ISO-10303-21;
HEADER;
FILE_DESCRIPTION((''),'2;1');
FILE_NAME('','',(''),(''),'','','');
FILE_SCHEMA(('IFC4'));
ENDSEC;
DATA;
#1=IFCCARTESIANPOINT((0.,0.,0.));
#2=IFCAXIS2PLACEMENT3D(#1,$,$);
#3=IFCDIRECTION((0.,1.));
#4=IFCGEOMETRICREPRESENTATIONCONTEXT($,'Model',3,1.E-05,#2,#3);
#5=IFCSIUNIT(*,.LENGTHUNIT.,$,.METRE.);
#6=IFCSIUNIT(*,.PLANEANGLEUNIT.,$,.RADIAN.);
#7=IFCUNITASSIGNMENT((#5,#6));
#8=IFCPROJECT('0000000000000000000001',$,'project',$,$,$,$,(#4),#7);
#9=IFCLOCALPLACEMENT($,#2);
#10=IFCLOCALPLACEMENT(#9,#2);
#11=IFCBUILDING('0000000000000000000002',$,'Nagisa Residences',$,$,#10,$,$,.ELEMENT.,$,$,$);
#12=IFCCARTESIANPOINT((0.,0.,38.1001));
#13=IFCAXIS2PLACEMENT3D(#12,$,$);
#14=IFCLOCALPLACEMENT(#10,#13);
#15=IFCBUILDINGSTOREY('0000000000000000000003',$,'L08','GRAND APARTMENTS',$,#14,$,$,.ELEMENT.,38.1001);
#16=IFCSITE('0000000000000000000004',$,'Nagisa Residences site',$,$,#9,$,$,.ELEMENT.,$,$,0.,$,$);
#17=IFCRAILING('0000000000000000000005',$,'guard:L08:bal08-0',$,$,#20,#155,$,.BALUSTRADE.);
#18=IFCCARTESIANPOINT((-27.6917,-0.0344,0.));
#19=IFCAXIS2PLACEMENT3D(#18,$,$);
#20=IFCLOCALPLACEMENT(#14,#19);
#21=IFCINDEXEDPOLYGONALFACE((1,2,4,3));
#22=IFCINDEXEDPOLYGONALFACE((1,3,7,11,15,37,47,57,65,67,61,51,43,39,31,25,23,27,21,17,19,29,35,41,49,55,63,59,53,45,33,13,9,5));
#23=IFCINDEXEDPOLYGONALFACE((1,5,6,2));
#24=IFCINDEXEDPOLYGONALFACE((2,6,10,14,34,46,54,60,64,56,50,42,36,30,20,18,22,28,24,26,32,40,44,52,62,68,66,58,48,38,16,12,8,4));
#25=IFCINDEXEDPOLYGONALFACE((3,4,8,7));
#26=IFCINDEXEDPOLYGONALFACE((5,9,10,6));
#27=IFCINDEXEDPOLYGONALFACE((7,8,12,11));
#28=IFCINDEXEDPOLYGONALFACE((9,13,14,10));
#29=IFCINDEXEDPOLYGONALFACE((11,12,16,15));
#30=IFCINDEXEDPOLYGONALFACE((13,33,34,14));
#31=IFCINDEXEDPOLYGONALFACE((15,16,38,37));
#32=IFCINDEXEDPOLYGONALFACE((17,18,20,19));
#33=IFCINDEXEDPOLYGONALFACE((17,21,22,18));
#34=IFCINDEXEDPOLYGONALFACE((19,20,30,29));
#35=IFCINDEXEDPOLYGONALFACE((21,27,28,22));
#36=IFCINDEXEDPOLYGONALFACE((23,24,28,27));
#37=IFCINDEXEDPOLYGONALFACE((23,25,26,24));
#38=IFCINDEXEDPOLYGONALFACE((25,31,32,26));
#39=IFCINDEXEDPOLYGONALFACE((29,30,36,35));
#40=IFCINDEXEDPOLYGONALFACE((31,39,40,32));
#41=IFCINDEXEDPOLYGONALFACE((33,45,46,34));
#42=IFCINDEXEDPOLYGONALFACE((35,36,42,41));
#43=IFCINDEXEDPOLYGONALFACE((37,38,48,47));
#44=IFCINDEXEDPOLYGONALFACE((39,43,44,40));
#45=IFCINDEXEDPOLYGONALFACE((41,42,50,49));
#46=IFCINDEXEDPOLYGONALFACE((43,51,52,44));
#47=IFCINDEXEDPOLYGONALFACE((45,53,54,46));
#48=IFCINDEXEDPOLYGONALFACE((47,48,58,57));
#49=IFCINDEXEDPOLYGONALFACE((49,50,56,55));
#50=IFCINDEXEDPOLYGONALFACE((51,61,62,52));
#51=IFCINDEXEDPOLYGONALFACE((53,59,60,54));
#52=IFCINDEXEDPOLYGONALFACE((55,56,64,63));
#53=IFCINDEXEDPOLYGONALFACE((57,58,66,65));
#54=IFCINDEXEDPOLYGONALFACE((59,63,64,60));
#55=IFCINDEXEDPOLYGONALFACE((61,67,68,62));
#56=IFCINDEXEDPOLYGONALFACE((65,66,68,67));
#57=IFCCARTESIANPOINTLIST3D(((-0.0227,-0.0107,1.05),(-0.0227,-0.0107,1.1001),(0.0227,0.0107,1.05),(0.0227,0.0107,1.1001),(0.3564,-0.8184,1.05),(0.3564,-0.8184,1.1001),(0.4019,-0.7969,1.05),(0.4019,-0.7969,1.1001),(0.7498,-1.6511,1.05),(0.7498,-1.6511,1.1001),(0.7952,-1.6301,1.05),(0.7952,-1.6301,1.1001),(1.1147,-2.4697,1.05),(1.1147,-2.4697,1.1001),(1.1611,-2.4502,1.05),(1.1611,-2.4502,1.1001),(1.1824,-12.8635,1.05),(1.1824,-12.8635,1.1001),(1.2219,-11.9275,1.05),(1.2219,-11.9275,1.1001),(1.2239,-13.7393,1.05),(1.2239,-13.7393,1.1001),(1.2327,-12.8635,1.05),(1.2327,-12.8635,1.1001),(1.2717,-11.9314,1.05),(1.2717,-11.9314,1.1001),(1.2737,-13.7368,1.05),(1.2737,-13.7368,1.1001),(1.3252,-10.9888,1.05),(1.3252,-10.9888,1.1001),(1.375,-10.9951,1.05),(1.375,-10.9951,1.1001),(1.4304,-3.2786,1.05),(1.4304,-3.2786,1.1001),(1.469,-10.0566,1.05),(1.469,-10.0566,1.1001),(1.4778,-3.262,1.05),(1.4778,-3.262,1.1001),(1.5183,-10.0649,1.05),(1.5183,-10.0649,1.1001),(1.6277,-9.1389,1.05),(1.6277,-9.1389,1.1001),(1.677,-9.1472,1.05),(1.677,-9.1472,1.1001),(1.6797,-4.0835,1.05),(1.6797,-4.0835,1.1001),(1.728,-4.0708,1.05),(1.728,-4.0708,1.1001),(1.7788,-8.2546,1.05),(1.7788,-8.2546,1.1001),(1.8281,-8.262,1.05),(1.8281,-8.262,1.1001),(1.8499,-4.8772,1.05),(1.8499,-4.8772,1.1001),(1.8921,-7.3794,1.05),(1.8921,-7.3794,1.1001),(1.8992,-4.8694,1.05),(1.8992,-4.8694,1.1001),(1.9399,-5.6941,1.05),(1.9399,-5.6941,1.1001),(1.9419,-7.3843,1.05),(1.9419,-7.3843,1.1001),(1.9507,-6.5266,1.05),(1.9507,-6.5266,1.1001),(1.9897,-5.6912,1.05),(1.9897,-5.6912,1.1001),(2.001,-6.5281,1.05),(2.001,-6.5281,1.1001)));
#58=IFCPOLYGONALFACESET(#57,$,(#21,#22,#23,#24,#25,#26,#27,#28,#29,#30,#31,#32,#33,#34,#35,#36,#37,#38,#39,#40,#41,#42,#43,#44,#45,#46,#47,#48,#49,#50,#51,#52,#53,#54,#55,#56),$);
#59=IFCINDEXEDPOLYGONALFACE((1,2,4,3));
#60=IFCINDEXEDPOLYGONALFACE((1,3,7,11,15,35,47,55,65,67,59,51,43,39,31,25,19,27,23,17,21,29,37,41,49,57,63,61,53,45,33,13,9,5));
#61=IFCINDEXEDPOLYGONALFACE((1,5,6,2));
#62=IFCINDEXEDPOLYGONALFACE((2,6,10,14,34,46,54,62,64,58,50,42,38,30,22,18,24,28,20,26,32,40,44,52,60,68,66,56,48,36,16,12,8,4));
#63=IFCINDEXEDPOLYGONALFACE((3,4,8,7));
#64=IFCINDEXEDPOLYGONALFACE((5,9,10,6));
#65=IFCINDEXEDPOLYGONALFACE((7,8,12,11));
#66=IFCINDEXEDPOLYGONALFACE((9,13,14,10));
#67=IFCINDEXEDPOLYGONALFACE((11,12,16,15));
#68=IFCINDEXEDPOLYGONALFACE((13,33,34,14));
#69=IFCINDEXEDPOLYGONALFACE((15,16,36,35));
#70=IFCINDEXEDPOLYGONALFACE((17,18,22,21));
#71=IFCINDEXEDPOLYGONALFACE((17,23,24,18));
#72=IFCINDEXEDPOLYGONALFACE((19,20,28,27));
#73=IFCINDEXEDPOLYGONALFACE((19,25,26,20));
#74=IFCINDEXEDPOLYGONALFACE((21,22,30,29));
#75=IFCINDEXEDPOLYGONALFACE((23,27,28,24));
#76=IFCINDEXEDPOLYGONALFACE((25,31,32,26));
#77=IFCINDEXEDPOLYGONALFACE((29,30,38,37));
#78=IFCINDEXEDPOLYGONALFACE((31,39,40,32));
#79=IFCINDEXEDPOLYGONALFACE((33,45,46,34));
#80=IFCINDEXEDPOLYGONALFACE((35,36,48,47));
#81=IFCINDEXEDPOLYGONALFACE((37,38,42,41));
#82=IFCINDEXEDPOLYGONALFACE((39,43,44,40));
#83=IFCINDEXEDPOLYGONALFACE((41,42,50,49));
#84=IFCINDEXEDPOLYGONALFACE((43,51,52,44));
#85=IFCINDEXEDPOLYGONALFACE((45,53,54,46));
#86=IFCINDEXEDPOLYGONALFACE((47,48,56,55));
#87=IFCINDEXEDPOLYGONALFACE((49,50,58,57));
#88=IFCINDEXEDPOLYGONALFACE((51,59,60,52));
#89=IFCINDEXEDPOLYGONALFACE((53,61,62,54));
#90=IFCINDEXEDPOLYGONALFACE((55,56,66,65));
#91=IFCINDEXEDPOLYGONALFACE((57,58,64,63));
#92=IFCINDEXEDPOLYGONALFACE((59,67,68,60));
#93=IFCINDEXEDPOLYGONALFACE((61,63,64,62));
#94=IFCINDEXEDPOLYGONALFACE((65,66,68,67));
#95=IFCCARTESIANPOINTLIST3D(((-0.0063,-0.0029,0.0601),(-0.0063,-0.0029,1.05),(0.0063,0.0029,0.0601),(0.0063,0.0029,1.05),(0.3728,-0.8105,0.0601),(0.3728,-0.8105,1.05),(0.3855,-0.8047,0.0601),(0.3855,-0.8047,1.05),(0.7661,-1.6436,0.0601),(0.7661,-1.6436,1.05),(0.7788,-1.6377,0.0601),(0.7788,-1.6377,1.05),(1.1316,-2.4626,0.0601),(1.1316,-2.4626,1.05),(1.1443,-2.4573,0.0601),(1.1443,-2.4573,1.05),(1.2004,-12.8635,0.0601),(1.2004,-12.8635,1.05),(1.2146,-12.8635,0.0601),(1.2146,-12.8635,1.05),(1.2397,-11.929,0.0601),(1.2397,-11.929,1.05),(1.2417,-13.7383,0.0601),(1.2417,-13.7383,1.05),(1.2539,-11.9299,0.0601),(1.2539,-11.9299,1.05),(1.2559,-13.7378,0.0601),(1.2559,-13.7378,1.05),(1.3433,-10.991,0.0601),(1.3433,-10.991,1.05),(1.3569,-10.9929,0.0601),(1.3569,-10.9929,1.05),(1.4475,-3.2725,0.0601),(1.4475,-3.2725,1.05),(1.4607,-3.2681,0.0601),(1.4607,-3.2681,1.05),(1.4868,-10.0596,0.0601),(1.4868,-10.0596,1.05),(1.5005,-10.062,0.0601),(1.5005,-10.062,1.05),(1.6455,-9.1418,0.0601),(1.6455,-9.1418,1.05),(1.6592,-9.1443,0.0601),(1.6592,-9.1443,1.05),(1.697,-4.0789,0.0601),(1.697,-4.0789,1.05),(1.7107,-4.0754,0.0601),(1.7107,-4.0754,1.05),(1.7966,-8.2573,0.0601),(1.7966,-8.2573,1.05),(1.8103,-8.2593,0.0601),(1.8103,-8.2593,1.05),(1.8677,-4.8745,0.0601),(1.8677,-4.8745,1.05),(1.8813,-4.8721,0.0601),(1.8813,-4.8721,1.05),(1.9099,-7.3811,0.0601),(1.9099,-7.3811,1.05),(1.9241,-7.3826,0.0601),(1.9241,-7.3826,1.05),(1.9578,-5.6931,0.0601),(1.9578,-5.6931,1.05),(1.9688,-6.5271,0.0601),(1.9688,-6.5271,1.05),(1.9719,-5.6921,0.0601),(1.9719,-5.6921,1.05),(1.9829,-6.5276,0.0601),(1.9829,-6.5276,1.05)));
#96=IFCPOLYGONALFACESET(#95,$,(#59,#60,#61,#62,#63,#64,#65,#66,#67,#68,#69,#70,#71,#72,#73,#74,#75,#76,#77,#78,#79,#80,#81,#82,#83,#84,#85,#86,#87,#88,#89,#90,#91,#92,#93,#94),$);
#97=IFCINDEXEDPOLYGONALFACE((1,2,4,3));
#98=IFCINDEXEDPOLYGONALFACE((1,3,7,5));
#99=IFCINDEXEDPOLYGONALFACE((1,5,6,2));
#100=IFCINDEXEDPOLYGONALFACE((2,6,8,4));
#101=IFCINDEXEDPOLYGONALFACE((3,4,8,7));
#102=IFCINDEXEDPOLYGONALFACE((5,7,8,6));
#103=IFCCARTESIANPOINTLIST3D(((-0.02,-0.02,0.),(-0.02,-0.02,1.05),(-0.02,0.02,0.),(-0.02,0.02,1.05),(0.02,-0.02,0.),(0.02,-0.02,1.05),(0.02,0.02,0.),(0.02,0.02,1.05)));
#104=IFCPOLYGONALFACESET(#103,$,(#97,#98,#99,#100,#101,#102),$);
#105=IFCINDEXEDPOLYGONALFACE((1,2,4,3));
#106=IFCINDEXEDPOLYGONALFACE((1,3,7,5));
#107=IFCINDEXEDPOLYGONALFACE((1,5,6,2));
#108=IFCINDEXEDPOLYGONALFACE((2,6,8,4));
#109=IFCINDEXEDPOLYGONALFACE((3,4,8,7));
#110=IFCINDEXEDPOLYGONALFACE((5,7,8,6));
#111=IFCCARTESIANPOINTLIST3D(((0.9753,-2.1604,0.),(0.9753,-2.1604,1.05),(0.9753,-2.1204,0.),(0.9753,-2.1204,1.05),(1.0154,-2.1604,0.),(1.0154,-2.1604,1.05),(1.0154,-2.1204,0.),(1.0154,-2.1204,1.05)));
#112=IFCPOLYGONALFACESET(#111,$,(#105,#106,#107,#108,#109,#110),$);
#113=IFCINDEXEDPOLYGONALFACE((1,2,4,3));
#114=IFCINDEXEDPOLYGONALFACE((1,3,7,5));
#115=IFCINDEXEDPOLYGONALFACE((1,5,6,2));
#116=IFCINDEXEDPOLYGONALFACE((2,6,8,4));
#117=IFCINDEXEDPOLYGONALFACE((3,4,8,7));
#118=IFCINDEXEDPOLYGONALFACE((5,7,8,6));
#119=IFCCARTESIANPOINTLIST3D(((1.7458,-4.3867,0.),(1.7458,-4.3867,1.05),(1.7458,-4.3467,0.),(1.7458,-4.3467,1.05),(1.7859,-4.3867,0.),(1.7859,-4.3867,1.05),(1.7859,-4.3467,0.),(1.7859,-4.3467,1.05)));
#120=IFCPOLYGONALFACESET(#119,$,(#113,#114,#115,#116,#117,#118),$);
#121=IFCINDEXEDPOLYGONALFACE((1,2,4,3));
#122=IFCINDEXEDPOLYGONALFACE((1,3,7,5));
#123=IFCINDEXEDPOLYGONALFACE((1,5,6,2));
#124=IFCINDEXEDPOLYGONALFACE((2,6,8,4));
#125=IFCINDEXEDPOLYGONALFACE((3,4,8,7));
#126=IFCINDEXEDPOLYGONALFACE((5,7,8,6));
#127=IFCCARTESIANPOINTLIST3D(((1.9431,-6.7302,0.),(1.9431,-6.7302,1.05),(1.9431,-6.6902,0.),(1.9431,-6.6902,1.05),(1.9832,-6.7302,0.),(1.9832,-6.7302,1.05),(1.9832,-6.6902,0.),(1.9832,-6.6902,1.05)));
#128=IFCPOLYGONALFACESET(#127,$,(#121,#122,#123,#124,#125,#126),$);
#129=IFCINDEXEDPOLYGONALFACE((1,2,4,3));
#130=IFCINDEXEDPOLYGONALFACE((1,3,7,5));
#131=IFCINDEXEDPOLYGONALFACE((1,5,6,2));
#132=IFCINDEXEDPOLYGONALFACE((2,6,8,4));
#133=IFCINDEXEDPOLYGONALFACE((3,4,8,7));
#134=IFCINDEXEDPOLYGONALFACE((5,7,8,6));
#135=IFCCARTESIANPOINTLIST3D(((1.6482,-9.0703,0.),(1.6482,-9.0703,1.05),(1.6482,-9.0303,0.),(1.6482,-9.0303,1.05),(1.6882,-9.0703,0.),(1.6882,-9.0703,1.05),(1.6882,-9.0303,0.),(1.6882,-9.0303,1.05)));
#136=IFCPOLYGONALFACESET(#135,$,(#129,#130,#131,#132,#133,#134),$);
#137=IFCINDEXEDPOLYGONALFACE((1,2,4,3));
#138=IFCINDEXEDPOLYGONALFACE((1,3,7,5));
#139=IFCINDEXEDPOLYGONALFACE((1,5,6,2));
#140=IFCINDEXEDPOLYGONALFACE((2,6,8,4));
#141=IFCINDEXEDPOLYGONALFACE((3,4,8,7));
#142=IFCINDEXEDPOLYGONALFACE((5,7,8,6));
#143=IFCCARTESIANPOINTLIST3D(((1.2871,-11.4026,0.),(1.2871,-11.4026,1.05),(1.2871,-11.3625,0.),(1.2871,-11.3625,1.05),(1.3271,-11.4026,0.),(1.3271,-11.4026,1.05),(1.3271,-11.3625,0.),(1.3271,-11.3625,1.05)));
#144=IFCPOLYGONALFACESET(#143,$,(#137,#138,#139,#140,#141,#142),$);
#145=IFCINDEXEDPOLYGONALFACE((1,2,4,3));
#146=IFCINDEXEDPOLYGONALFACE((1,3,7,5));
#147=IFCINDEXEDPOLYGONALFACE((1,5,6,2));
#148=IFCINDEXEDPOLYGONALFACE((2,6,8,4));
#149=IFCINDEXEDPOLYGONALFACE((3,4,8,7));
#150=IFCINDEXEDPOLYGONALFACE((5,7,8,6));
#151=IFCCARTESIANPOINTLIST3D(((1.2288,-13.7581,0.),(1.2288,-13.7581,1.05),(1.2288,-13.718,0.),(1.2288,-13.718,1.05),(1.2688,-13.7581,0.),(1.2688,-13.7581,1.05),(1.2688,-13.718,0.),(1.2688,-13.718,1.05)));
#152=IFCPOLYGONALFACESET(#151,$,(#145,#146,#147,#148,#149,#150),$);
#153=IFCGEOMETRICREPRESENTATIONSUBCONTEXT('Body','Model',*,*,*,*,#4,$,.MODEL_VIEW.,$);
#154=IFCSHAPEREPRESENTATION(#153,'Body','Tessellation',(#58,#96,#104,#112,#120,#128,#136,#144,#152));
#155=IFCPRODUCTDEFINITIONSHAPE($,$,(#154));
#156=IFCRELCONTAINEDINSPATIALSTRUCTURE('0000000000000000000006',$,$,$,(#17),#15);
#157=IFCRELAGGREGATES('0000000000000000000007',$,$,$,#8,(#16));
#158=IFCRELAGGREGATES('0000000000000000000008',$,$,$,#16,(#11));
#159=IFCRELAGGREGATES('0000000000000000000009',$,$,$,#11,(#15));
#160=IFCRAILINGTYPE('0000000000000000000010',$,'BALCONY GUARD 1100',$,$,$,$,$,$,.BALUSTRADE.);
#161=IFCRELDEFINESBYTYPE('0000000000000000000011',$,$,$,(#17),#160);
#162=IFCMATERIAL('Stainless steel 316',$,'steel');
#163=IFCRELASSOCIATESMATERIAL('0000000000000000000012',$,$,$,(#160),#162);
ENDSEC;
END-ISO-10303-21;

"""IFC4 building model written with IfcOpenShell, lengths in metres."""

from ifc_helpers import new_model, si_unit, direction, frame, origin, origin_2d, place, context, subcontext, project, spatial, polyline, rectangle, outline, extrude, material, type_object, element, save


model = new_model("IFC4")

# Units and contexts
model_context = context("Model", 3, precision=1e-05, world=origin(), true_north=direction((0.0, 1.0)))
body_context = subcontext(model_context, "Body", "Model", "MODEL_VIEW")
ifc_project = project(units=[si_unit("LENGTHUNIT", "METRE"), si_unit("PLANEANGLEUNIT", "RADIAN")], contexts=[model_context])

# Site, building, storey
site_placement = place(None, origin())
site = spatial("IfcSite", under=ifc_project, at=site_placement, Name="Nagisa Residences site", CompositionType="ELEMENT", RefElevation=0.0)
building_placement = place(site_placement, origin())
building = spatial("IfcBuilding", under=site, at=building_placement, Name="Nagisa Residences", CompositionType="ELEMENT")
storey_placement = place(building_placement, frame((0.0, 0.0, 38.1001)))
storey = spatial("IfcBuildingStorey", under=building, at=storey_placement, Name="L08", Description="GRAND APARTMENTS", CompositionType="ELEMENT", Elevation=38.1001)

# Railing
ifc_material_1 = material(Name="Stainless steel 316", Category="steel")
railing_type = type_object("IfcRailingType", Name="BALCONY GUARD 1100", PredefinedType="BALUSTRADE", material=ifc_material_1)
railing_placement = place(storey_placement, frame((-27.6917, -0.0344, 0.0)))
element("IfcRailing", 1, at=railing_placement, inside=storey, type_object=railing_type, Name="guard:L08:bal08-0", PredefinedType="BALUSTRADE", context=body_context, shape_type="SweptSolid", body=[
    extrude(outline(polyline([(0.4019, -0.7969), (0.0227, 0.0107), (-0.0227, -0.0107), (0.3564, -0.8184), (0.7498, -1.6511), (1.1147, -2.4697), (1.4304, -3.2786), (1.6797, -4.0835), (1.8499, -4.8772), (1.9399, -5.6941), (1.9507, -6.5266), (1.8921, -7.3794), (1.7788, -8.2546), (1.6277, -9.1389), (1.469, -10.0566), (1.3252, -10.9888), (1.2219, -11.9275), (1.1824, -12.8635), (1.2239, -13.7393), (1.2737, -13.7368), (1.2327, -12.8635), (1.2717, -11.9314), (1.375, -10.9951), (1.5183, -10.0649), (1.677, -9.1472), (1.8281, -8.262), (1.9419, -7.3843), (2.001, -6.5281), (1.9897, -5.6912), (1.8992, -4.8694), (1.728, -4.0708), (1.4778, -3.262), (1.1611, -2.4502), (0.7952, -1.6301), (0.4019, -0.7969)])), frame((0.0, 0.0, 1.05)), (0.0, 0.0, 1.0), 0.05),
    extrude(outline(polyline([(0.3855, -0.8047), (0.0063, 0.0029), (-0.0063, -0.0029), (0.3728, -0.8105), (0.7661, -1.6436), (1.1316, -2.4626), (1.4475, -3.2725), (1.697, -4.0789), (1.8677, -4.8745), (1.9578, -5.6931), (1.9688, -6.5271), (1.9099, -7.3811), (1.7966, -8.2573), (1.6455, -9.1418), (1.4868, -10.0596), (1.3433, -10.991), (1.2397, -11.929), (1.2004, -12.8635), (1.2417, -13.7383), (1.2559, -13.7378), (1.2146, -12.8635), (1.2539, -11.9299), (1.3569, -10.9929), (1.5005, -10.062), (1.6592, -9.1443), (1.8103, -8.2593), (1.9241, -7.3826), (1.9829, -6.5276), (1.9719, -5.6921), (1.8813, -4.8721), (1.7107, -4.0754), (1.4607, -3.2681), (1.1443, -2.4573), (0.7788, -1.6377), (0.3855, -0.8047)])), frame((0.0, 0.0, 0.0601)), (0.0, 0.0, 1.0), 0.99),
    extrude(rectangle(XDim=0.04, YDim=0.04, at=origin_2d()), origin(), (0.0, 0.0, 1.0), 1.05),
    extrude(rectangle(XDim=0.04, YDim=0.04, at=origin_2d()), frame((0.9954, -2.1404, 0.0)), (0.0, 0.0, 1.0), 1.05),
    extrude(rectangle(XDim=0.04, YDim=0.04, at=origin_2d()), frame((1.7659, -4.3667, 0.0)), (0.0, 0.0, 1.0), 1.05),
    extrude(rectangle(XDim=0.04, YDim=0.04, at=origin_2d()), frame((1.9631, -6.7102, 0.0)), (0.0, 0.0, 1.0), 1.05),
    extrude(rectangle(XDim=0.04, YDim=0.04, at=origin_2d()), frame((1.6682, -9.0503, 0.0)), (0.0, 0.0, 1.0), 1.05),
    extrude(rectangle(XDim=0.04, YDim=0.04, at=origin_2d()), frame((1.3071, -11.3826, 0.0)), (0.0, 0.0, 1.0), 1.05),
    extrude(rectangle(XDim=0.04, YDim=0.04, at=origin_2d()), frame((1.2488, -13.738, 0.0)), (0.0, 0.0, 1.0), 1.05),
])

save(model, "model.ifc")
